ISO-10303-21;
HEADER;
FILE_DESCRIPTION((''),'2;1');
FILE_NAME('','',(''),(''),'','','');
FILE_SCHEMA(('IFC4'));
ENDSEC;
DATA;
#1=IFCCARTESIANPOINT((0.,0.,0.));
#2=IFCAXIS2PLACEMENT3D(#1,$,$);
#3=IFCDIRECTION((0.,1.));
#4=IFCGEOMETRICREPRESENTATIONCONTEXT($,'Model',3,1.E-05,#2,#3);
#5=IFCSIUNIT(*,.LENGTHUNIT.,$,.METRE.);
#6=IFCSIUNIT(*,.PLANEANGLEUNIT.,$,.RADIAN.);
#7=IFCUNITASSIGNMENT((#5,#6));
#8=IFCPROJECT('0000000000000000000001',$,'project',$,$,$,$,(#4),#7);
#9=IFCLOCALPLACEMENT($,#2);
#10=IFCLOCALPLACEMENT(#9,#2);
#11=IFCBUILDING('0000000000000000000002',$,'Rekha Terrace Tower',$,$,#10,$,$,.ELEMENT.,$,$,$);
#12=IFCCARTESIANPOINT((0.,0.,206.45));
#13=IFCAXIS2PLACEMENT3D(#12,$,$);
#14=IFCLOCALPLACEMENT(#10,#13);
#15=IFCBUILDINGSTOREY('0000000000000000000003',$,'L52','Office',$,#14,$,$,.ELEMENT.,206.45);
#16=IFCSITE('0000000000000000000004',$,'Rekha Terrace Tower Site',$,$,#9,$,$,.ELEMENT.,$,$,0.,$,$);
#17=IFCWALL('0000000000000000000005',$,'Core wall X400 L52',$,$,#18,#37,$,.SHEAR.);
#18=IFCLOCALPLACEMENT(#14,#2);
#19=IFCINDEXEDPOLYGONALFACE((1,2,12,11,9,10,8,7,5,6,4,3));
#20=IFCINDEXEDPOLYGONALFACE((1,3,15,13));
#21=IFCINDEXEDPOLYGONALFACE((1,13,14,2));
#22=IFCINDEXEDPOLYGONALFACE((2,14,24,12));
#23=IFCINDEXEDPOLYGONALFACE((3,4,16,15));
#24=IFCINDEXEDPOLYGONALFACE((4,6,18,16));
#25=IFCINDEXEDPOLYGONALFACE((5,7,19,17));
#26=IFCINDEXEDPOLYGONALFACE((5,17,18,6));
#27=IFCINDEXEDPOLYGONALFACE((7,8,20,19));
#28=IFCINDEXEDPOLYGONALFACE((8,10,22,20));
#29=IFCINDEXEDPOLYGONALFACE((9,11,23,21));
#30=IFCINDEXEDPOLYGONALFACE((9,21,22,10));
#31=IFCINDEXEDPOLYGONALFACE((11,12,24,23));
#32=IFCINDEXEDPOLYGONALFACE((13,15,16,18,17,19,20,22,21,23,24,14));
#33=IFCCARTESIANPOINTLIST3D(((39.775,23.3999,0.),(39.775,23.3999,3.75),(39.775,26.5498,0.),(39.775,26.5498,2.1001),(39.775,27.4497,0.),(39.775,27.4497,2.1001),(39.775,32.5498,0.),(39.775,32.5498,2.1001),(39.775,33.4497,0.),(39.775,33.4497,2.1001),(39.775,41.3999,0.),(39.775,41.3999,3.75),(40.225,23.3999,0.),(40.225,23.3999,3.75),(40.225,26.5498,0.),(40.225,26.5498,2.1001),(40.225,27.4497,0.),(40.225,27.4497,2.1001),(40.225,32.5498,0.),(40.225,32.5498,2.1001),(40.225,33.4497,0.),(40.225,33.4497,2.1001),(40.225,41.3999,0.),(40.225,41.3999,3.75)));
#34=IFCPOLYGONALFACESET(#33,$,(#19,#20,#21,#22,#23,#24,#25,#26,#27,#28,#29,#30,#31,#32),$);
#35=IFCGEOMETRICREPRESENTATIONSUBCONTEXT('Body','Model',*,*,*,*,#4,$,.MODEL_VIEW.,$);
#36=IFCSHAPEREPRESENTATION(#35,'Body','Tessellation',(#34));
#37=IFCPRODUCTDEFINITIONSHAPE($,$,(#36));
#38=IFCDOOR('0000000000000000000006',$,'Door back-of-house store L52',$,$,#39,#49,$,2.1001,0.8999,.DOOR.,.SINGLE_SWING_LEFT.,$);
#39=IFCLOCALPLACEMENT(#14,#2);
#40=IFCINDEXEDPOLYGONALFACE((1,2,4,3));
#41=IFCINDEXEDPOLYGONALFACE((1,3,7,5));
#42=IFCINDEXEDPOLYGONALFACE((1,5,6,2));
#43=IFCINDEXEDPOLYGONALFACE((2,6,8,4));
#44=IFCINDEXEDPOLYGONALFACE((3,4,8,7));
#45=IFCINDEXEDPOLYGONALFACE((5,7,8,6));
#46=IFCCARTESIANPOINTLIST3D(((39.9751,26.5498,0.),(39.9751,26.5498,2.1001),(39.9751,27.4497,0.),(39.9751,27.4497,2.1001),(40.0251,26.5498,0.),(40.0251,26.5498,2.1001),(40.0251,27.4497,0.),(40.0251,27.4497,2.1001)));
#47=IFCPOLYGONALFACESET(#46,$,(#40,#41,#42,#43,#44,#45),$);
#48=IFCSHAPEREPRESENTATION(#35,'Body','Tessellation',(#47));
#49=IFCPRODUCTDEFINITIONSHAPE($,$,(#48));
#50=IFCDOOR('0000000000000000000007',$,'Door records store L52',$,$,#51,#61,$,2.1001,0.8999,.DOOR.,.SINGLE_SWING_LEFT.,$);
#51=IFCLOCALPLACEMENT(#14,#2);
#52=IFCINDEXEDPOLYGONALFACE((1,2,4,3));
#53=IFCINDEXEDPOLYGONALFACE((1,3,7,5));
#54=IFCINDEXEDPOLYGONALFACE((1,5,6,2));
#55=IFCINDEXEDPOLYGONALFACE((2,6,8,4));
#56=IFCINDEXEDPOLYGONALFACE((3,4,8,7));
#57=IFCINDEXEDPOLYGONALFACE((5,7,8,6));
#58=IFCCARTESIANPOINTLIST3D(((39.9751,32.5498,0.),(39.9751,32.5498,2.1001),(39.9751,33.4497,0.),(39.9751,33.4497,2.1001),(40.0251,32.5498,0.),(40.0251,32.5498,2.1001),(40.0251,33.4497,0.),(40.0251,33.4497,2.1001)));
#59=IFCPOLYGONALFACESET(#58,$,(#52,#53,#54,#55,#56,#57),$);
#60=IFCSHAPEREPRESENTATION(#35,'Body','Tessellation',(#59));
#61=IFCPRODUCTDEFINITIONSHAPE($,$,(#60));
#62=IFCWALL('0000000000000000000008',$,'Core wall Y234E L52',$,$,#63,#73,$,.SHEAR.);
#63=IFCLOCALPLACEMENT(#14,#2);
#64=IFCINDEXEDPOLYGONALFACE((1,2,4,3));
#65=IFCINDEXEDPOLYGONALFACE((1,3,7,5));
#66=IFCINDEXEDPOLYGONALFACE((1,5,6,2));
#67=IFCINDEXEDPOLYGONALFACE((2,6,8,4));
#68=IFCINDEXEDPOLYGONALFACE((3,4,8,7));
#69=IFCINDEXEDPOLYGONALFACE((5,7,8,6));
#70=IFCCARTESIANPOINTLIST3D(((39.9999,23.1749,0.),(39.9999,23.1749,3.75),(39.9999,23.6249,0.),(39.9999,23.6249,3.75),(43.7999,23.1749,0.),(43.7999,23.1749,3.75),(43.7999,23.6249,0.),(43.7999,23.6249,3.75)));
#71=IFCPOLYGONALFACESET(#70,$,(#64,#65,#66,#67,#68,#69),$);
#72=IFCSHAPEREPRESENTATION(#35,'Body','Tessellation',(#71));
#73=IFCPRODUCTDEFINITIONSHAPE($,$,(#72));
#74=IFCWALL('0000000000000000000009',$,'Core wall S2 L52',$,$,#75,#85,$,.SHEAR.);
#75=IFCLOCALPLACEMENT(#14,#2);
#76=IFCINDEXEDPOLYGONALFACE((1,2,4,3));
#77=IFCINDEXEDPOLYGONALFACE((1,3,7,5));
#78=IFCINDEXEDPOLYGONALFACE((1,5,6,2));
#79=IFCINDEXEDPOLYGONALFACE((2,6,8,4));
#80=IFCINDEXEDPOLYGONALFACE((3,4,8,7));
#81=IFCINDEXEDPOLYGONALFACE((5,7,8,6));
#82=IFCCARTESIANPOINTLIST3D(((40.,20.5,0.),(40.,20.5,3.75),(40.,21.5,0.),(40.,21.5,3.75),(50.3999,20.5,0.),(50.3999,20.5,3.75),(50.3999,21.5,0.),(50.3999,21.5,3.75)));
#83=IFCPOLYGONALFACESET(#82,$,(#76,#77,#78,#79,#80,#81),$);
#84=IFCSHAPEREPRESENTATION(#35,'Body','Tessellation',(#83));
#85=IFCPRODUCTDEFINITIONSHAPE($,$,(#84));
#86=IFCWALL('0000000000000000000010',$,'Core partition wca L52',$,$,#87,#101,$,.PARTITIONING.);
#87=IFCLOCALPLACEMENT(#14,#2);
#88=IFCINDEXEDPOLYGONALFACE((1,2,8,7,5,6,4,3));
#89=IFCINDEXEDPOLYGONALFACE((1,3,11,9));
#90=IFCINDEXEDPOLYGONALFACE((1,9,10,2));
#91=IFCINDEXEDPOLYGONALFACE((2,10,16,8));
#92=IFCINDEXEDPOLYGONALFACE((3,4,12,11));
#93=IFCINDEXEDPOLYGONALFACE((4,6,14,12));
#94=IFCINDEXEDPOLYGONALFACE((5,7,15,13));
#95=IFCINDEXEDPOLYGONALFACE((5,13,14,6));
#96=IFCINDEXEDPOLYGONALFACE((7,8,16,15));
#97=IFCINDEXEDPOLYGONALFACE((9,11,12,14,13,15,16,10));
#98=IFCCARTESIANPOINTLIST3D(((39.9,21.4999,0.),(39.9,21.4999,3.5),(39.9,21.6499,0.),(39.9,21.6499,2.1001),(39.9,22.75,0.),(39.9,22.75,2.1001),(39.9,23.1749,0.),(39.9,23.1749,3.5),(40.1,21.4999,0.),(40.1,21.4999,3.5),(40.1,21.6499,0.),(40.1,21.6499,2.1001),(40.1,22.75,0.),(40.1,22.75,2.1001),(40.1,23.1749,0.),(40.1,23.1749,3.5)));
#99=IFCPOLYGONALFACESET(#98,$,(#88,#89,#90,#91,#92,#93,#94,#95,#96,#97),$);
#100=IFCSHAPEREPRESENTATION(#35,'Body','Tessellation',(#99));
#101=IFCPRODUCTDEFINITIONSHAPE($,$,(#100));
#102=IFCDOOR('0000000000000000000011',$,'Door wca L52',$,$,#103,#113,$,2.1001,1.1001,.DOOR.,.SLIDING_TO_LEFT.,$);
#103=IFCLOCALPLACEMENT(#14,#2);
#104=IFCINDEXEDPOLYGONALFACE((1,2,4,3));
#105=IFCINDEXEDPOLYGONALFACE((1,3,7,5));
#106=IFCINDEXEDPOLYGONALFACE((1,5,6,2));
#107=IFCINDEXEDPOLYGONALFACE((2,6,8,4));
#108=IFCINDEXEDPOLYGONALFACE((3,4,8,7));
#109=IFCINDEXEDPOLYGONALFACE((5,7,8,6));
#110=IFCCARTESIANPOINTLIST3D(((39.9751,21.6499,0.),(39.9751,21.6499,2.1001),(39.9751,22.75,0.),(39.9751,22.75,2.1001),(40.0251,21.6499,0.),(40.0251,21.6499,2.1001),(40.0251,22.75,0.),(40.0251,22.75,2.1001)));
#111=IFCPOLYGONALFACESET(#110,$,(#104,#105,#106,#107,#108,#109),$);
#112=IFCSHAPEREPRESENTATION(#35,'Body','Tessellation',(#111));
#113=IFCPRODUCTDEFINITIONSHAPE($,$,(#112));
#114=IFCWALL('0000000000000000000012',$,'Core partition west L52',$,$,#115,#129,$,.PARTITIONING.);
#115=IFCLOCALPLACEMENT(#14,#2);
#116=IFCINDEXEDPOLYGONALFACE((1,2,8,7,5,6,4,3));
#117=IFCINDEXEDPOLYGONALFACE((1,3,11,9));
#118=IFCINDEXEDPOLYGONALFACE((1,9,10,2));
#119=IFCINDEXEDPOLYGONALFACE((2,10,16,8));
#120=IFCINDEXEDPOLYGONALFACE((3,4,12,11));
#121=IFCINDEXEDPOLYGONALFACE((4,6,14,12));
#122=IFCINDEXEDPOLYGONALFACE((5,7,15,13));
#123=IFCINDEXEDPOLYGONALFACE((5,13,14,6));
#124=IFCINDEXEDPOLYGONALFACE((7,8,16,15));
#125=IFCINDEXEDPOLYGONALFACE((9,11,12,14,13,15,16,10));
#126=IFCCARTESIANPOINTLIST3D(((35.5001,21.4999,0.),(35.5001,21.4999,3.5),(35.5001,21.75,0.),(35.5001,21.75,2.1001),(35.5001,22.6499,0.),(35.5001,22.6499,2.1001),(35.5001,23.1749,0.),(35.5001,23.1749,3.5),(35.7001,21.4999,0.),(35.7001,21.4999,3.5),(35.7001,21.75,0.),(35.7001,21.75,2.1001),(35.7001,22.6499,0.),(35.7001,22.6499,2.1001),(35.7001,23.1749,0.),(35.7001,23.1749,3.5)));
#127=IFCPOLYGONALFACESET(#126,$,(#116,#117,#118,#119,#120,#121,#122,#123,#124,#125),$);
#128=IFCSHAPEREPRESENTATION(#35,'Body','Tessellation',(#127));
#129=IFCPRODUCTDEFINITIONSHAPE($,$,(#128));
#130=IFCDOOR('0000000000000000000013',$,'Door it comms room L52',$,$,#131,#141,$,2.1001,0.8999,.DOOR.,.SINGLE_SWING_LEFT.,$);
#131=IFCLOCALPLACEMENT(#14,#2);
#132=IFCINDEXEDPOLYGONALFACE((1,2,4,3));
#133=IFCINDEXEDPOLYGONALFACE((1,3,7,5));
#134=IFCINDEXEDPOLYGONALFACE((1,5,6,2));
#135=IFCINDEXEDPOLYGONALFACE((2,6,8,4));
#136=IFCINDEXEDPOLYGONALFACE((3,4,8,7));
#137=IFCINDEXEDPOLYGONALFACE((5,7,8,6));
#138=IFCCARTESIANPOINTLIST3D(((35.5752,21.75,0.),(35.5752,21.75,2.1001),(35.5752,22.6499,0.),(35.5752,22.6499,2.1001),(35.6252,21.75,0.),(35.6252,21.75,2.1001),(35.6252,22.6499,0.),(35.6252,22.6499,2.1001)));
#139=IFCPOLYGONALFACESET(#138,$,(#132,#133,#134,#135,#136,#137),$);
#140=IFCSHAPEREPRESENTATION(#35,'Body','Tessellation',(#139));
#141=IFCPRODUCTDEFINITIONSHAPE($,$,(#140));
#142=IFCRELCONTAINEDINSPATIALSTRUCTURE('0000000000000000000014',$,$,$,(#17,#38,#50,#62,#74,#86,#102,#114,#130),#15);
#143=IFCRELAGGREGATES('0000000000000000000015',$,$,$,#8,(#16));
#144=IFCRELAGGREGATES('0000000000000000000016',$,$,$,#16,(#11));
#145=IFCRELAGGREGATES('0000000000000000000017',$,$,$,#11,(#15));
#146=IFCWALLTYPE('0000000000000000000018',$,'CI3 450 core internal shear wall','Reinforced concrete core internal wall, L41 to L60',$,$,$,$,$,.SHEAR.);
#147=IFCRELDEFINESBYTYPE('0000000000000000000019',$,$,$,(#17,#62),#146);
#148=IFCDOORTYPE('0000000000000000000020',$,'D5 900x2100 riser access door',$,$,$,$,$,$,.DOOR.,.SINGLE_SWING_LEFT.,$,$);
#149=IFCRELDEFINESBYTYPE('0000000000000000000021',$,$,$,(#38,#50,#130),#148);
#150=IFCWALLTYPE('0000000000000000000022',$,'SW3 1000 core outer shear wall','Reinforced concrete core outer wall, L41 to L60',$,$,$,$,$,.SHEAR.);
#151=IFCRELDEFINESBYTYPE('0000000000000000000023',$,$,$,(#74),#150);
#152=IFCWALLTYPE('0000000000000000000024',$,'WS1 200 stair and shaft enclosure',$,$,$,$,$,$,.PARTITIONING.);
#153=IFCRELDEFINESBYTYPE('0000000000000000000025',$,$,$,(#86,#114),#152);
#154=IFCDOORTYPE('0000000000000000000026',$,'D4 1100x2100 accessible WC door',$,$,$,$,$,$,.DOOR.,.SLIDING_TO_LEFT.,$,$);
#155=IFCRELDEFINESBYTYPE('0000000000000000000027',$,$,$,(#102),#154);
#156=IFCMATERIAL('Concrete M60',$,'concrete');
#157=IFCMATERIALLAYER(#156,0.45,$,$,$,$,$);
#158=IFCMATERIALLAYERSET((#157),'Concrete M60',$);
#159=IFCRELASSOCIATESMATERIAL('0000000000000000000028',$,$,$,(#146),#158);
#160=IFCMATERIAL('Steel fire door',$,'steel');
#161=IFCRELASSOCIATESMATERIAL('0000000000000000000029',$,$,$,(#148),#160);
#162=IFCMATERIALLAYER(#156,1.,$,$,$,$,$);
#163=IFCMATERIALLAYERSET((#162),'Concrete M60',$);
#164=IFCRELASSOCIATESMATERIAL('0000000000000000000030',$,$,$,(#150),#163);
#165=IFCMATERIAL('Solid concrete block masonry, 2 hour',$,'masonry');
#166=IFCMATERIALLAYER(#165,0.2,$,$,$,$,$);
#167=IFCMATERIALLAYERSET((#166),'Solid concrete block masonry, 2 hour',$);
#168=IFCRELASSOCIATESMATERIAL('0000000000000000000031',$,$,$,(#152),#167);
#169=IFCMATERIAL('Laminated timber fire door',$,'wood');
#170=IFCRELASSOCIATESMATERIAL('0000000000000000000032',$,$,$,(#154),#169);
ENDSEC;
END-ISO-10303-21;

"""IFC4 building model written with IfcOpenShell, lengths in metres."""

from ifc_helpers import new_model, si_unit, direction, frame, frame_2d, origin, place, context, subcontext, project, spatial, rectangle, extrude, material, layer, layer_set, type_object, element, fill, save


model = new_model("IFC4")

# Units and contexts
model_context = context("Model", 3, precision=1e-05, world=origin(), true_north=direction((0.0, 1.0)))
body_context = subcontext(model_context, "Body", "Model", "MODEL_VIEW")
ifc_project = project(units=[si_unit("LENGTHUNIT", "METRE"), si_unit("PLANEANGLEUNIT", "RADIAN")], contexts=[model_context])

# Site, building, storey
site_placement = place(None, origin())
site = spatial("IfcSite", under=ifc_project, at=site_placement, Name="Rekha Terrace Tower Site", CompositionType="ELEMENT", RefElevation=0.0)
building_placement = place(site_placement, origin())
building = spatial("IfcBuilding", under=site, at=building_placement, Name="Rekha Terrace Tower", CompositionType="ELEMENT")
storey_placement = place(building_placement, frame((0.0, 0.0, 206.45)))
storey = spatial("IfcBuildingStorey", under=building, at=storey_placement, Name="L52", Description="Office", CompositionType="ELEMENT", Elevation=206.45)

# Shared definitions
ifc_material_1 = material(Name="Concrete M60", Category="concrete")
ifc_layer_1 = layer(ifc_material_1, 0.45)
ifc_layer_set_1 = layer_set([ifc_layer_1], Name="Concrete M60")
wall_type_1 = type_object("IfcWallType", Name="CI3 450 core internal shear wall", Description="Reinforced concrete core internal wall, L41 to L60", PredefinedType="SHEAR", material=ifc_layer_set_1)

# Wall, openings, doors
wall_1_placement = place(storey_placement, frame((40.0, 23.3999, 0.0), z_axis=(0.0, 0.0, 1.0), x_axis=(0.0, 1.0, 0.0)))
wall_1 = element("IfcWall", 1, at=wall_1_placement, inside=storey, type_object=wall_type_1, Name="Core wall X400 L52", PredefinedType="SHEAR", context=body_context, shape_type="SweptSolid", body=[
    extrude(rectangle(XDim=18.0, YDim=0.45, at=frame_2d((9.0, 0.0))), origin(), (0.0, 0.0, 1.0), 3.75),
])
opening_1_placement = place(wall_1_placement, frame((3.1499, 0.0, 0.0)))
opening_1 = element("IfcOpeningElement", 2, at=opening_1_placement, cuts=wall_1, PredefinedType="OPENING", context=body_context, shape_type="SweptSolid", body=[
    extrude(rectangle(XDim=0.8999, YDim=2.1001, at=frame_2d((0.45, 1.05))), frame((0.0, 0.2349, 0.0), z_axis=(0.0, -1.0, 0.0), x_axis=(1.0, 0.0, 0.0)), (0.0, 0.0, 1.0), 0.47),
])
opening_2_placement = place(wall_1_placement, frame((9.1499, 0.0, 0.0)))
opening_2 = element("IfcOpeningElement", 3, at=opening_2_placement, cuts=wall_1, PredefinedType="OPENING", context=body_context, shape_type="SweptSolid", body=[
    extrude(rectangle(XDim=0.8999, YDim=2.1001, at=frame_2d((0.45, 1.05))), frame((0.0, 0.2349, 0.0), z_axis=(0.0, -1.0, 0.0), x_axis=(1.0, 0.0, 0.0)), (0.0, 0.0, 1.0), 0.47),
])
ifc_material_2 = material(Name="Steel fire door", Category="steel")
door_type_1 = type_object("IfcDoorType", Name="D5 900x2100 riser access door", OperationType="SINGLE_SWING_LEFT", PredefinedType="DOOR", material=ifc_material_2)
door_1_placement = place(opening_1_placement, origin())
door_1 = element("IfcDoor", 4, at=door_1_placement, inside=storey, type_object=door_type_1, Name="Door back-of-house store L52", OperationType="SINGLE_SWING_LEFT", OverallHeight=2.1001, OverallWidth=0.8999, PredefinedType="DOOR", context=body_context, shape_type="SweptSolid", body=[
    extrude(rectangle(XDim=0.8999, YDim=2.1001, at=frame_2d((0.45, 1.05))), frame((0.0, 0.0249, 0.0), z_axis=(0.0, -1.0, 0.0), x_axis=(1.0, 0.0, 0.0)), (0.0, 0.0, 1.0), 0.05),
])
fill(opening_1, door_1)
door_2_placement = place(opening_2_placement, origin())
door_2 = element("IfcDoor", 5, at=door_2_placement, inside=storey, type_object=door_type_1, Name="Door records store L52", OperationType="SINGLE_SWING_LEFT", OverallHeight=2.1001, OverallWidth=0.8999, PredefinedType="DOOR", context=body_context, shape_type="SweptSolid", body=[
    extrude(rectangle(XDim=0.8999, YDim=2.1001, at=frame_2d((0.45, 1.05))), frame((0.0, 0.0249, 0.0), z_axis=(0.0, -1.0, 0.0), x_axis=(1.0, 0.0, 0.0)), (0.0, 0.0, 1.0), 0.05),
])
fill(opening_2, door_2)

# Walls
wall_2_placement = place(storey_placement, frame((40.0, 23.3999, 0.0), z_axis=(0.0, 0.0, 1.0), x_axis=(1.0, 0.0, 0.0)))
element("IfcWall", 6, at=wall_2_placement, inside=storey, type_object=wall_type_1, Name="Core wall Y234E L52", PredefinedType="SHEAR", context=body_context, shape_type="SweptSolid", body=[
    extrude(rectangle(XDim=3.8, YDim=0.45, at=frame_2d((1.8999, 0.0))), origin(), (0.0, 0.0, 1.0), 3.75),
])
ifc_layer_2 = layer(ifc_material_1, 1.0)
ifc_layer_set_2 = layer_set([ifc_layer_2], Name="Concrete M60")
wall_type_2 = type_object("IfcWallType", Name="SW3 1000 core outer shear wall", Description="Reinforced concrete core outer wall, L41 to L60", PredefinedType="SHEAR", material=ifc_layer_set_2)
wall_3_placement = place(storey_placement, frame((40.0, 21.0, 0.0), z_axis=(0.0, 0.0, 1.0), x_axis=(1.0, 0.0, 0.0)))
element("IfcWall", 7, at=wall_3_placement, inside=storey, type_object=wall_type_2, Name="Core wall S2 L52", PredefinedType="SHEAR", context=body_context, shape_type="SweptSolid", body=[
    extrude(rectangle(XDim=10.3999, YDim=1.0, at=frame_2d((5.2, 0.0))), origin(), (0.0, 0.0, 1.0), 3.75),
])

# Walls, openings, doors
ifc_material_3 = material(Name="Solid concrete block masonry, 2 hour", Category="masonry")
ifc_layer_3 = layer(ifc_material_3, 0.2)
ifc_layer_set_3 = layer_set([ifc_layer_3], Name="Solid concrete block masonry, 2 hour")
wall_type_3 = type_object("IfcWallType", Name="WS1 200 stair and shaft enclosure", PredefinedType="PARTITIONING", material=ifc_layer_set_3)
wall_4_placement = place(storey_placement, frame((40.0, 21.5, 0.0), z_axis=(0.0, 0.0, 1.0), x_axis=(0.0, 1.0, 0.0)))
wall_4 = element("IfcWall", 8, at=wall_4_placement, inside=storey, type_object=wall_type_3, Name="Core partition wca L52", PredefinedType="PARTITIONING", context=body_context, shape_type="SweptSolid", body=[
    extrude(rectangle(XDim=1.675, YDim=0.2, at=frame_2d((0.8374, 0.0))), origin(), (0.0, 0.0, 1.0), 3.5),
])
opening_3_placement = place(wall_4_placement, frame((0.1499, 0.0, 0.0)))
opening_3 = element("IfcOpeningElement", 9, at=opening_3_placement, cuts=wall_4, PredefinedType="OPENING", context=body_context, shape_type="SweptSolid", body=[
    extrude(rectangle(XDim=1.1001, YDim=2.1001, at=frame_2d((0.55, 1.05))), frame((0.0, 0.1099, 0.0), z_axis=(0.0, -1.0, 0.0), x_axis=(1.0, 0.0, 0.0)), (0.0, 0.0, 1.0), 0.22),
])
ifc_material_4 = material(Name="Laminated timber fire door", Category="wood")
door_type_2 = type_object("IfcDoorType", Name="D4 1100x2100 accessible WC door", OperationType="SLIDING_TO_LEFT", PredefinedType="DOOR", material=ifc_material_4)
door_3_placement = place(opening_3_placement, origin())
door_3 = element("IfcDoor", 10, at=door_3_placement, inside=storey, type_object=door_type_2, Name="Door wca L52", OperationType="SLIDING_TO_LEFT", OverallHeight=2.1001, OverallWidth=1.1001, PredefinedType="DOOR", context=body_context, shape_type="SweptSolid", body=[
    extrude(rectangle(XDim=1.1001, YDim=2.1001, at=frame_2d((0.55, 1.05))), frame((0.0, 0.0249, 0.0), z_axis=(0.0, -1.0, 0.0), x_axis=(1.0, 0.0, 0.0)), (0.0, 0.0, 1.0), 0.05),
])
fill(opening_3, door_3)
wall_5_placement = place(storey_placement, frame((35.6001, 21.5, 0.0), z_axis=(0.0, 0.0, 1.0), x_axis=(0.0, 1.0, 0.0)))
wall_5 = element("IfcWall", 11, at=wall_5_placement, inside=storey, type_object=wall_type_3, Name="Core partition west L52", PredefinedType="PARTITIONING", context=body_context, shape_type="SweptSolid", body=[
    extrude(rectangle(XDim=1.675, YDim=0.2, at=frame_2d((0.8374, 0.0))), origin(), (0.0, 0.0, 1.0), 3.5),
])
opening_4_placement = place(wall_5_placement, frame((0.25, 0.0, 0.0)))
opening_4 = element("IfcOpeningElement", 12, at=opening_4_placement, cuts=wall_5, PredefinedType="OPENING", context=body_context, shape_type="SweptSolid", body=[
    extrude(rectangle(XDim=0.8999, YDim=2.1001, at=frame_2d((0.45, 1.05))), frame((0.0, 0.1099, 0.0), z_axis=(0.0, -1.0, 0.0), x_axis=(1.0, 0.0, 0.0)), (0.0, 0.0, 1.0), 0.22),
])
door_4_placement = place(opening_4_placement, origin())
door_4 = element("IfcDoor", 13, at=door_4_placement, inside=storey, type_object=door_type_1, Name="Door it comms room L52", OperationType="SINGLE_SWING_LEFT", OverallHeight=2.1001, OverallWidth=0.8999, PredefinedType="DOOR", context=body_context, shape_type="SweptSolid", body=[
    extrude(rectangle(XDim=0.8999, YDim=2.1001, at=frame_2d((0.45, 1.05))), frame((0.0, 0.0249, 0.0), z_axis=(0.0, -1.0, 0.0), x_axis=(1.0, 0.0, 0.0)), (0.0, 0.0, 1.0), 0.05),
])
fill(opening_4, door_4)

save(model, "model.ifc")
